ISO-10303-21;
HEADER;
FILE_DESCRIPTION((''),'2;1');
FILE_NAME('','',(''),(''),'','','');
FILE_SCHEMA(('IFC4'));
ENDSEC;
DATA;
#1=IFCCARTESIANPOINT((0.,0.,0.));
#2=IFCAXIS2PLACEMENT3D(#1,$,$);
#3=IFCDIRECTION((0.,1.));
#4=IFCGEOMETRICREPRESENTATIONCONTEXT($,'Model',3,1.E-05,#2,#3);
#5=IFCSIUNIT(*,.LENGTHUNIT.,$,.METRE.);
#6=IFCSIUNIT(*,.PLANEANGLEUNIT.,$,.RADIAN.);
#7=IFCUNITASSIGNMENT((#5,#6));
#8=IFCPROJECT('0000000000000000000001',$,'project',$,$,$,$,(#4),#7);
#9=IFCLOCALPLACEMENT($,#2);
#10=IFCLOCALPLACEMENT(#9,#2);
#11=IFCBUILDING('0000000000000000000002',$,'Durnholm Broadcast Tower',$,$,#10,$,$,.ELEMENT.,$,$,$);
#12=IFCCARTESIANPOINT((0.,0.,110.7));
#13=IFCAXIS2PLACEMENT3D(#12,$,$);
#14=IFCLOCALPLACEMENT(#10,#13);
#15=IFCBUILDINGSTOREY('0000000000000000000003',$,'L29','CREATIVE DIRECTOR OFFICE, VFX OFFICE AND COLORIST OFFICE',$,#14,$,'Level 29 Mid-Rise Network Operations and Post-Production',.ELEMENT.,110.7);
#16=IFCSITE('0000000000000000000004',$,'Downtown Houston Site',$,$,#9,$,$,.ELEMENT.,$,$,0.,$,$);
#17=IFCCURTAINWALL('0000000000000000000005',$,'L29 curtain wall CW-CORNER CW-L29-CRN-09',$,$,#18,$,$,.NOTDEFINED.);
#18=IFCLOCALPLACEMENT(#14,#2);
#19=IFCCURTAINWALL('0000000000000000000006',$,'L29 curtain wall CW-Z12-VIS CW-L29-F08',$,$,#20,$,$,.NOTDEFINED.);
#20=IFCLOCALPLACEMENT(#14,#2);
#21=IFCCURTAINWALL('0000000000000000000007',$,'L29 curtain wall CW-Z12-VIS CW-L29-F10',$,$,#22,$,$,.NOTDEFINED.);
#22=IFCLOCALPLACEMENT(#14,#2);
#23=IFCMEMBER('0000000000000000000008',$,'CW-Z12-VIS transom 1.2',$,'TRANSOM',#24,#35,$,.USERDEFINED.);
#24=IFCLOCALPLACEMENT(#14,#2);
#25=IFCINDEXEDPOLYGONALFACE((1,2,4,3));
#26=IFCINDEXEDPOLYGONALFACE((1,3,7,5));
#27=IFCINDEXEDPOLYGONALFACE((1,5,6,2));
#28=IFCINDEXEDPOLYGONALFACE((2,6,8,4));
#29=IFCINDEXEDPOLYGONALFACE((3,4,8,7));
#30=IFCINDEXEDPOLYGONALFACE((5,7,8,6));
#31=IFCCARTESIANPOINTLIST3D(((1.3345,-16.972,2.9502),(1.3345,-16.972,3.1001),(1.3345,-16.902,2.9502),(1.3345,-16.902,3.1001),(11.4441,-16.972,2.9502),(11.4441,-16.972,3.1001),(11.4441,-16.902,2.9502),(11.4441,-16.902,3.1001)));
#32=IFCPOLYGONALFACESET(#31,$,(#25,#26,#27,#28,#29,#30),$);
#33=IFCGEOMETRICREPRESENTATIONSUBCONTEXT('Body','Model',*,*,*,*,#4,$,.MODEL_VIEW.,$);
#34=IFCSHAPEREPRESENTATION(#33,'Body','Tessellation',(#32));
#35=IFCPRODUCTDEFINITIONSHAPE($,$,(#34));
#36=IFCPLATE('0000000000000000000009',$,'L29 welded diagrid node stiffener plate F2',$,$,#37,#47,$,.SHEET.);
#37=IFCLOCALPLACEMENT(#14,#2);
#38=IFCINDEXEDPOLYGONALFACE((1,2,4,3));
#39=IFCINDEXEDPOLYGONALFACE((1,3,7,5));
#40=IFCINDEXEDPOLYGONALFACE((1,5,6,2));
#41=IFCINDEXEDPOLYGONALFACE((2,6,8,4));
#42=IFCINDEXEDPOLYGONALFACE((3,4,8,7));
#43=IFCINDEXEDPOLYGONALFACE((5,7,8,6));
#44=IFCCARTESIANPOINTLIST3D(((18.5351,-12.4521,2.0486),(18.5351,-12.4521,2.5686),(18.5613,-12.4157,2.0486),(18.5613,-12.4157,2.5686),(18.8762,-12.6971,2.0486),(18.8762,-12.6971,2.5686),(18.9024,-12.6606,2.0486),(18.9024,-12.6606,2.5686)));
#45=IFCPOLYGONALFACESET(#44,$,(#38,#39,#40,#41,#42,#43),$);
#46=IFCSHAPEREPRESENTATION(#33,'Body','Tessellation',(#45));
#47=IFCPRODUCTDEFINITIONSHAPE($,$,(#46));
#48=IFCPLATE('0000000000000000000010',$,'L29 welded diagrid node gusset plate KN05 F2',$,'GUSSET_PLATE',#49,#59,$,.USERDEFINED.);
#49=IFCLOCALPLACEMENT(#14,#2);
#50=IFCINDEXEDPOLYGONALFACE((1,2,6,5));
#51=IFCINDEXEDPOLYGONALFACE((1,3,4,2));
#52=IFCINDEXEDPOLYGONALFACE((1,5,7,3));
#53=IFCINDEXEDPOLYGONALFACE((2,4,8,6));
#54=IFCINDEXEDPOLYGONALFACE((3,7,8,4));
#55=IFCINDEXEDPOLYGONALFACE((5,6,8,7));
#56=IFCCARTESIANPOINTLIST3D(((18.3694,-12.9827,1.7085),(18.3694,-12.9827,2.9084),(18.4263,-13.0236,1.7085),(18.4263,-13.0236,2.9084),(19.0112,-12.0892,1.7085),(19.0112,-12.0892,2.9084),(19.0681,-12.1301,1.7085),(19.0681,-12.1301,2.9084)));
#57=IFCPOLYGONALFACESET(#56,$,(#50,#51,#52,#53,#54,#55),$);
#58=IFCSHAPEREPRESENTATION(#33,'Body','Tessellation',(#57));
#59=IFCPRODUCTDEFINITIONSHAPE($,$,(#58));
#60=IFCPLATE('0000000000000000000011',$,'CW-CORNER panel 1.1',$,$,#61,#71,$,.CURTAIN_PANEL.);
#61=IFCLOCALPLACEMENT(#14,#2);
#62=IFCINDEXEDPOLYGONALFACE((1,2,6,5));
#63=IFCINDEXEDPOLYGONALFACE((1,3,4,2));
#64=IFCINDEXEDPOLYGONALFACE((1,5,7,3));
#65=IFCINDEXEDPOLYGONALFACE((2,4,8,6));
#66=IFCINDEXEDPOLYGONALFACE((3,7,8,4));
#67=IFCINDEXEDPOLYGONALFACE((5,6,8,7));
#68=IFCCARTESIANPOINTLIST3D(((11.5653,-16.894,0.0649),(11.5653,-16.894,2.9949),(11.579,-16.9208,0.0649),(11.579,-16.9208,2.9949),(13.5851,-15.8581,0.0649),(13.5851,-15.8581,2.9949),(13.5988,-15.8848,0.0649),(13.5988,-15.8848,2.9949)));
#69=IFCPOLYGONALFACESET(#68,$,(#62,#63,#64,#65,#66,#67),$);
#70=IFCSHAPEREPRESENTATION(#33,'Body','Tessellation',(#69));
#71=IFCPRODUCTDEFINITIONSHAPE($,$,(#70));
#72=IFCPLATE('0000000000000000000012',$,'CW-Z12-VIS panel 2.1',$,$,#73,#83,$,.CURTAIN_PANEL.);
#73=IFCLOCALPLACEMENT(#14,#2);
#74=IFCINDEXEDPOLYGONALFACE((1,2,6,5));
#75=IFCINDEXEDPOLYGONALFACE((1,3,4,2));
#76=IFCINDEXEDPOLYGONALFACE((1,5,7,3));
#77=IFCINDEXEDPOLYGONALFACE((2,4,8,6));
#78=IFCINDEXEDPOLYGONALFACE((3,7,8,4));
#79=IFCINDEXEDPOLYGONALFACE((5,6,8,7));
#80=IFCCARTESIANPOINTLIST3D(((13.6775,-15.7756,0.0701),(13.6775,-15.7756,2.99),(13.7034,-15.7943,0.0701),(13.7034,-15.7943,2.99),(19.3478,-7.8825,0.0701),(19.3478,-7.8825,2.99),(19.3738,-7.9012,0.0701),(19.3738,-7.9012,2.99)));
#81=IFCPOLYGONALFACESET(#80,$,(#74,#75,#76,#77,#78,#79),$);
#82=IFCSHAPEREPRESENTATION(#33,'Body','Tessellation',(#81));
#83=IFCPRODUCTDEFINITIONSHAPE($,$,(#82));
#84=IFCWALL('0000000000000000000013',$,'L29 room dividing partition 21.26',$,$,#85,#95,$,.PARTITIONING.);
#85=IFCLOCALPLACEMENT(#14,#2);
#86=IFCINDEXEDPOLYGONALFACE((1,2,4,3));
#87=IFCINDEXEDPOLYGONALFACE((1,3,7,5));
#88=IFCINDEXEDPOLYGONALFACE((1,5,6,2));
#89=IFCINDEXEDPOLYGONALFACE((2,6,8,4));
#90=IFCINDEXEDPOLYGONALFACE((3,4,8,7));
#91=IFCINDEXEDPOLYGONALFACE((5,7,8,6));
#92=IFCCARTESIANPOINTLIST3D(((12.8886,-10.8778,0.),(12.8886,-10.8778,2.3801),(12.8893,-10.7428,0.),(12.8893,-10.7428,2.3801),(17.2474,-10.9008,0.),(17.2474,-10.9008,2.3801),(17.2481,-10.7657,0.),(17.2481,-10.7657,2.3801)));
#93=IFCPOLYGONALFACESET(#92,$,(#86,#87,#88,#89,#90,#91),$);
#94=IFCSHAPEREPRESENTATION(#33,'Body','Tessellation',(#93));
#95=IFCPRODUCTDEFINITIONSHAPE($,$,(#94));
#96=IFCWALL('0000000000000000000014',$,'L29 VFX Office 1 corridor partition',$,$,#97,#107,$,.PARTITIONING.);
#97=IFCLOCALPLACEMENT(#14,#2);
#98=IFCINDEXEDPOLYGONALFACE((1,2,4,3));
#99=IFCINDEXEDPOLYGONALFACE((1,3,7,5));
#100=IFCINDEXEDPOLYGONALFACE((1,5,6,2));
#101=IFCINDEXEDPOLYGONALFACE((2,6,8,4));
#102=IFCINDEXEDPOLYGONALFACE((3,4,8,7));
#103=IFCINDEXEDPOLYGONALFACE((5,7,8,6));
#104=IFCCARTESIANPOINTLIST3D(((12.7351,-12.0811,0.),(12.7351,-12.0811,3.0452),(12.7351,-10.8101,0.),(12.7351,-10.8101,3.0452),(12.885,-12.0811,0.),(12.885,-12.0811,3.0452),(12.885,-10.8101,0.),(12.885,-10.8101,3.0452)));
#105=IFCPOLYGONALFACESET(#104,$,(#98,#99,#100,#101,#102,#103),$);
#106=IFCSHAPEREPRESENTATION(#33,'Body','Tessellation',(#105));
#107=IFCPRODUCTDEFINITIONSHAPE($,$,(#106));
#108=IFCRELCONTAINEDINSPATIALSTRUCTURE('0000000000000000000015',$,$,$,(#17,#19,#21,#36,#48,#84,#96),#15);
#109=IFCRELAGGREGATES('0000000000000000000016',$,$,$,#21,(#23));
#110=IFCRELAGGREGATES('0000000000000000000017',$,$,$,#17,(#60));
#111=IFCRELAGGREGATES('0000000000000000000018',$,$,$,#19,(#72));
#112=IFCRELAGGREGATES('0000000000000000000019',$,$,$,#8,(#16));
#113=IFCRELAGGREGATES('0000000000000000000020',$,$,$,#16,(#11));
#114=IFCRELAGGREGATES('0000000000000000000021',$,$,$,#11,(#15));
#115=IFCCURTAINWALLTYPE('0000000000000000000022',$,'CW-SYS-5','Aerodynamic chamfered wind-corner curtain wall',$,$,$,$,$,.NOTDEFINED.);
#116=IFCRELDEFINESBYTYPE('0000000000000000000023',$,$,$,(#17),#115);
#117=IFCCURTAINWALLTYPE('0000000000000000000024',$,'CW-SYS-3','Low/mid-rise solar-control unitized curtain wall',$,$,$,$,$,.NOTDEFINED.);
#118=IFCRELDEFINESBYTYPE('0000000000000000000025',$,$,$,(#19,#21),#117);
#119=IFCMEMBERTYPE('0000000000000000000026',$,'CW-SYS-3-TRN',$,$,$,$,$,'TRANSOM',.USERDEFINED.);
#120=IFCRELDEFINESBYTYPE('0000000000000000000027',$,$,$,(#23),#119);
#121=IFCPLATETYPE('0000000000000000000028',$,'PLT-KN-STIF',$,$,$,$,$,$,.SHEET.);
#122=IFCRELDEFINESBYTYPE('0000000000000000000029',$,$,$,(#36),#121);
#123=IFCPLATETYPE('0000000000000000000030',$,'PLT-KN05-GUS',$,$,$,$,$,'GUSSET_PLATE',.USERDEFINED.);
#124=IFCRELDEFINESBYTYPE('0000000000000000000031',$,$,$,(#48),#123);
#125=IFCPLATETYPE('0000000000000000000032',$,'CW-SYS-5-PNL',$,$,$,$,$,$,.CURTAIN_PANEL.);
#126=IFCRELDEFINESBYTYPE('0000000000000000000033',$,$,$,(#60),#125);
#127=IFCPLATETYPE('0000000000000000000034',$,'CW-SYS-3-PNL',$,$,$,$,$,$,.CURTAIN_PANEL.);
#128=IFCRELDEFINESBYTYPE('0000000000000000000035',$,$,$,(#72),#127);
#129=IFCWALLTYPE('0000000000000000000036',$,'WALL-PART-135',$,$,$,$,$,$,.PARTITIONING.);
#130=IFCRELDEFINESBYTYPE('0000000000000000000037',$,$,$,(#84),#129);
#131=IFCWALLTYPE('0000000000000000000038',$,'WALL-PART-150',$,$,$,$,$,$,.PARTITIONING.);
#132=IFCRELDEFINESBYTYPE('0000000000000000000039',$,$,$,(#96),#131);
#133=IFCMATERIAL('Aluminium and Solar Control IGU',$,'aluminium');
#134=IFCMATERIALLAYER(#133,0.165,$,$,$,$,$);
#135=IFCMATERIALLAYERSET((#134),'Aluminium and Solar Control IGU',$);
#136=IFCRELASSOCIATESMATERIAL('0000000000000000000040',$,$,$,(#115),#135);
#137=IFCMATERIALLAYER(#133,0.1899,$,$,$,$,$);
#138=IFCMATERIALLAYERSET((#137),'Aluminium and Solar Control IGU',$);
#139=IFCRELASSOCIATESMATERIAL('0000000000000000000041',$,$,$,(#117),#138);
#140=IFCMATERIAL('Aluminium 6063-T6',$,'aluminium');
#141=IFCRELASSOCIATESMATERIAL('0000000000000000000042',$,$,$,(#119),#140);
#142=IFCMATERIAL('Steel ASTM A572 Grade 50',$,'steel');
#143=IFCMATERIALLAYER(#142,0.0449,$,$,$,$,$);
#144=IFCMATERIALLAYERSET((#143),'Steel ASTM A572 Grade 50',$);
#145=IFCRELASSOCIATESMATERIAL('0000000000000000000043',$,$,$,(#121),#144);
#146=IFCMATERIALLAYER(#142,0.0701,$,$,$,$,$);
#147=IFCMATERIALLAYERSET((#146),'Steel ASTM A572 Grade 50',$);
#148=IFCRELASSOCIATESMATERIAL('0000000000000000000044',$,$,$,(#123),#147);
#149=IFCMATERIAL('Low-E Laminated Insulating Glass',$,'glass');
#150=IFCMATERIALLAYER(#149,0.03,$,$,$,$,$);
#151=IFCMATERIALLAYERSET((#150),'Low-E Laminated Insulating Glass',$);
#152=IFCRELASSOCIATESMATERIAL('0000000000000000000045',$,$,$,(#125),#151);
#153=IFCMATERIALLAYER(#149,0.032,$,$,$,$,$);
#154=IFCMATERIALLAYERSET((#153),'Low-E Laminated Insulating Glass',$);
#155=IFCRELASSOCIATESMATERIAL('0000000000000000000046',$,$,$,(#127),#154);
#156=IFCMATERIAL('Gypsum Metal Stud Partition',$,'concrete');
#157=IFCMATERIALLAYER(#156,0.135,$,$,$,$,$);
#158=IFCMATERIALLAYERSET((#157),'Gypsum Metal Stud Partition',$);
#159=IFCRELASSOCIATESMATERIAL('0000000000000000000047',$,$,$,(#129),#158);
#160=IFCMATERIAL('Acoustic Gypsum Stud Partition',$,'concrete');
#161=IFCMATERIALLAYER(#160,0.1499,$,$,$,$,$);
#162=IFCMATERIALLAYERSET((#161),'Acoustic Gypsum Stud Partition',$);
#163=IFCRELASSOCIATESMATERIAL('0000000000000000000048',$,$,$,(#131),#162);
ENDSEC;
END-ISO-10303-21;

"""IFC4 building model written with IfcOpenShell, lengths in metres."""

from ifc_helpers import new_model, si_unit, direction, frame, frame_2d, origin, origin_2d, place, context, subcontext, project, spatial, rectangle, extrude, source, transform, mapped, material, layer, layer_set, material_profile, profile_set, type_object, type_shapes, element, aggregate, save


model = new_model("IFC4")

# Units and contexts
model_context = context("Model", 3, precision=1e-05, world=origin(), true_north=direction((0.0, 1.0)))
body_context = subcontext(model_context, "Body", "Model", "MODEL_VIEW")
ifc_project = project(units=[si_unit("LENGTHUNIT", "METRE"), si_unit("PLANEANGLEUNIT", "RADIAN")], contexts=[model_context])

# Site, building, storey
site_placement = place(None, origin())
site = spatial("IfcSite", under=ifc_project, at=site_placement, Name="Downtown Houston Site", CompositionType="ELEMENT", RefElevation=0.0)
building_placement = place(site_placement, origin())
building = spatial("IfcBuilding", under=site, at=building_placement, Name="Durnholm Broadcast Tower", CompositionType="ELEMENT")
storey_placement = place(building_placement, frame((0.0, 0.0, 110.7)))
storey = spatial("IfcBuildingStorey", under=building, at=storey_placement, Name="L29", Description="CREATIVE DIRECTOR OFFICE, VFX OFFICE AND COLORIST OFFICE", LongName="Level 29 Mid-Rise Network Operations and Post-Production", CompositionType="ELEMENT", Elevation=110.7)

# Curtain wall
ifc_material_1 = material(Name="Aluminium and Solar Control IGU", Category="aluminium")
ifc_layer_1 = layer(ifc_material_1, 0.165)
ifc_layer_set_1 = layer_set([ifc_layer_1], Name="Aluminium and Solar Control IGU")
curtain_wall_type_1 = type_object("IfcCurtainWallType", Name="CW-SYS-5", Description="Aerodynamic chamfered wind-corner curtain wall", PredefinedType="NOTDEFINED", material=ifc_layer_set_1)
curtain_wall_1_placement = place(storey_placement, origin())
curtain_wall_1 = element("IfcCurtainWall", 1, at=curtain_wall_1_placement, inside=storey, type_object=curtain_wall_type_1, Name="L29 curtain wall CW-CORNER CW-L29-CRN-09", PredefinedType="NOTDEFINED")
ifc_material_2 = material(Name="Aluminium 6063-T6", Category="aluminium")

# Curtain walls
ifc_layer_2 = layer(ifc_material_1, 0.1899)
ifc_layer_set_2 = layer_set([ifc_layer_2], Name="Aluminium and Solar Control IGU")
curtain_wall_type_2 = type_object("IfcCurtainWallType", Name="CW-SYS-3", Description="Low/mid-rise solar-control unitized curtain wall", PredefinedType="NOTDEFINED", material=ifc_layer_set_2)
curtain_wall_2_placement = place(storey_placement, origin())
curtain_wall_2 = element("IfcCurtainWall", 2, at=curtain_wall_2_placement, inside=storey, type_object=curtain_wall_type_2, Name="L29 curtain wall CW-Z12-VIS CW-L29-F08", PredefinedType="NOTDEFINED")
curtain_wall_3_placement = place(storey_placement, origin())
curtain_wall_3 = element("IfcCurtainWall", 3, at=curtain_wall_3_placement, inside=storey, type_object=curtain_wall_type_2, Name="L29 curtain wall CW-Z12-VIS CW-L29-F10", PredefinedType="NOTDEFINED")

# Member
ifc_material_profile_1 = material_profile(ifc_material_2, rectangle(XDim=0.0701, YDim=0.1499, at=origin_2d()), Name="CWT70X150")
ifc_profile_set_1 = profile_set([ifc_material_profile_1], Name="Aluminium 6063-T6")
member_type_1 = type_object("IfcMemberType", Name="CW-SYS-3-TRN", ElementType="TRANSOM", PredefinedType="USERDEFINED", material=ifc_profile_set_1)
shared_shape_1 = source(origin(), body_context, "Body", "SweptSolid", [
    extrude(rectangle(XDim=0.0701, YDim=0.1499, at=origin_2d()), origin(), (0.0, 0.0, 1.0), 10.1096),
])
type_shapes(member_type_1, [shared_shape_1])
member_1_placement = place(storey_placement, frame((11.4441, -16.937, 3.0251), z_axis=(-1.0, 0.0, 0.0), x_axis=(0.0, -1.0, 0.0)))
member_1 = element("IfcMember", 4, at=member_1_placement, type_object=member_type_1, Name="CW-Z12-VIS transom 1.2", ObjectType="TRANSOM", PredefinedType="USERDEFINED", context=body_context, shape_type="MappedRepresentation", body=[
    mapped(shared_shape_1, transform((0.0, 0.0, 0.0), x_axis=(1.0, 0.0, 0.0), y_axis=(0.0, 1.0, 0.0), z_axis=(0.0, 0.0, 1.0), scale=1.0)),
])
aggregate(curtain_wall_3, [member_1])

# Plates
ifc_material_3 = material(Name="Steel ASTM A572 Grade 50", Category="steel")
ifc_layer_3 = layer(ifc_material_3, 0.0449)
ifc_layer_set_3 = layer_set([ifc_layer_3], Name="Steel ASTM A572 Grade 50")
plate_type_1 = type_object("IfcPlateType", Name="PLT-KN-STIF", PredefinedType="SHEET", material=ifc_layer_set_3)
shared_shape_2 = source(origin(), body_context, "Body", "SweptSolid", [
    extrude(rectangle(XDim=0.0449, YDim=0.4199, at=origin_2d()), origin(), (0.0, 0.0, 1.0), 0.52),
])
type_shapes(plate_type_1, [shared_shape_2])
plate_1_placement = place(storey_placement, frame((18.7188, -12.5564, 2.0486), z_axis=(0.0, 0.0, 1.0), x_axis=(0.583399, 0.812185, 0.0)))
element("IfcPlate", 5, at=plate_1_placement, inside=storey, type_object=plate_type_1, Name="L29 welded diagrid node stiffener plate F2", PredefinedType="SHEET", context=body_context, shape_type="MappedRepresentation", body=[
    mapped(shared_shape_2, transform((0.0, 0.0, 0.0), x_axis=(1.0, 0.0, 0.0), y_axis=(0.0, 1.0, 0.0), z_axis=(0.0, 0.0, 1.0), scale=1.0)),
])
ifc_layer_4 = layer(ifc_material_3, 0.0701)
ifc_layer_set_4 = layer_set([ifc_layer_4], Name="Steel ASTM A572 Grade 50")
plate_type_2 = type_object("IfcPlateType", Name="PLT-KN05-GUS", ElementType="GUSSET_PLATE", PredefinedType="USERDEFINED", material=ifc_layer_set_4)
shared_shape_3 = source(origin(), body_context, "Body", "SweptSolid", [
    extrude(rectangle(XDim=1.1001, YDim=0.0701, at=origin_2d()), origin(), (0.0, 0.0, 1.0), 1.2),
])
type_shapes(plate_type_2, [shared_shape_3])
plate_2_placement = place(storey_placement, frame((18.7188, -12.5564, 1.7085), z_axis=(0.0, 0.0, 1.0), x_axis=(0.583399, 0.812185, 0.0)))
element("IfcPlate", 6, at=plate_2_placement, inside=storey, type_object=plate_type_2, Name="L29 welded diagrid node gusset plate KN05 F2", ObjectType="GUSSET_PLATE", PredefinedType="USERDEFINED", context=body_context, shape_type="MappedRepresentation", body=[
    mapped(shared_shape_3, transform((0.0, 0.0, 0.0), x_axis=(1.0, 0.0, 0.0), y_axis=(0.0, 1.0, 0.0), z_axis=(0.0, 0.0, 1.0), scale=1.0)),
])

# Plates
ifc_material_4 = material(Name="Low-E Laminated Insulating Glass", Category="glass")
ifc_layer_5 = layer(ifc_material_4, 0.03)
ifc_layer_set_5 = layer_set([ifc_layer_5], Name="Low-E Laminated Insulating Glass")
plate_type_3 = type_object("IfcPlateType", Name="CW-SYS-5-PNL", PredefinedType="CURTAIN_PANEL", material=ifc_layer_set_5)
shared_shape_4 = source(origin(), body_context, "Body", "SweptSolid", [
    extrude(rectangle(XDim=2.27, YDim=0.03, at=origin_2d()), origin(), (0.0, 0.0, 1.0), 2.9299),
])
type_shapes(plate_type_3, [shared_shape_4])
plate_3_placement = place(storey_placement, frame((12.582, -16.3894, 0.0649), z_axis=(0.0, 0.0, 1.0), x_axis=(-0.889788, -0.456373, 0.0)))
plate_3 = element("IfcPlate", 7, at=plate_3_placement, type_object=plate_type_3, Name="CW-CORNER panel 1.1", PredefinedType="CURTAIN_PANEL", context=body_context, shape_type="MappedRepresentation", body=[
    mapped(shared_shape_4, transform((0.0, 0.0, 0.0), x_axis=(1.0, 0.0, 0.0), y_axis=(0.0, 1.0, 0.0), z_axis=(0.0, 0.0, 1.0), scale=1.0)),
])
aggregate(curtain_wall_1, [plate_3])
ifc_layer_6 = layer(ifc_material_4, 0.032)
ifc_layer_set_6 = layer_set([ifc_layer_6], Name="Low-E Laminated Insulating Glass")
plate_type_4 = type_object("IfcPlateType", Name="CW-SYS-3-PNL", PredefinedType="CURTAIN_PANEL", material=ifc_layer_set_6)
shared_shape_5 = source(origin(), body_context, "Body", "SweptSolid", [
    extrude(rectangle(XDim=9.7188, YDim=0.032, at=origin_2d()), origin(), (0.0, 0.0, 1.0), 2.9199),
])
type_shapes(plate_type_4, [shared_shape_5])
plate_4_placement = place(storey_placement, frame((16.5256, -11.8384, 0.0701), z_axis=(0.0, 0.0, 1.0), x_axis=(-0.583445, -0.812152, 0.0)))
plate_4 = element("IfcPlate", 8, at=plate_4_placement, type_object=plate_type_4, Name="CW-Z12-VIS panel 2.1", PredefinedType="CURTAIN_PANEL", context=body_context, shape_type="MappedRepresentation", body=[
    mapped(shared_shape_5, transform((0.0, 0.0, 0.0), x_axis=(1.0, 0.0, 0.0), y_axis=(0.0, 1.0, 0.0), z_axis=(0.0, 0.0, 1.0), scale=1.0)),
])
aggregate(curtain_wall_2, [plate_4])

# Walls
ifc_material_5 = material(Name="Gypsum Metal Stud Partition", Category="concrete")
ifc_layer_7 = layer(ifc_material_5, 0.135)
ifc_layer_set_7 = layer_set([ifc_layer_7], Name="Gypsum Metal Stud Partition")
wall_type_1 = type_object("IfcWallType", Name="WALL-PART-135", PredefinedType="PARTITIONING", material=ifc_layer_set_7)
wall_1_placement = place(storey_placement, frame((12.8889, -10.8103, 0.0), z_axis=(0.0, 0.0, 1.0), x_axis=(0.999986, -0.005265, 0.0)))
element("IfcWall", 9, at=wall_1_placement, inside=storey, type_object=wall_type_1, Name="L29 room dividing partition 21.26", PredefinedType="PARTITIONING", context=body_context, shape_type="SweptSolid", body=[
    extrude(rectangle(XDim=4.3589, YDim=0.135, at=frame_2d((2.1794, 0.0))), origin(), (0.0, 0.0, 1.0), 2.3801),
])
ifc_material_6 = material(Name="Acoustic Gypsum Stud Partition", Category="concrete")
ifc_layer_8 = layer(ifc_material_6, 0.1499)
ifc_layer_set_8 = layer_set([ifc_layer_8], Name="Acoustic Gypsum Stud Partition")
wall_type_2 = type_object("IfcWallType", Name="WALL-PART-150", PredefinedType="PARTITIONING", material=ifc_layer_set_8)
wall_2_placement = place(storey_placement, frame((12.8101, -12.0811, 0.0), z_axis=(0.0, 0.0, 1.0), x_axis=(0.0, 1.0, 0.0)))
element("IfcWall", 10, at=wall_2_placement, inside=storey, type_object=wall_type_2, Name="L29 VFX Office 1 corridor partition", PredefinedType="PARTITIONING", context=body_context, shape_type="SweptSolid", body=[
    extrude(rectangle(XDim=1.271, YDim=0.1499, at=frame_2d((0.6355, 0.0))), origin(), (0.0, 0.0, 1.0), 3.0452),
])

save(model, "model.ifc")
